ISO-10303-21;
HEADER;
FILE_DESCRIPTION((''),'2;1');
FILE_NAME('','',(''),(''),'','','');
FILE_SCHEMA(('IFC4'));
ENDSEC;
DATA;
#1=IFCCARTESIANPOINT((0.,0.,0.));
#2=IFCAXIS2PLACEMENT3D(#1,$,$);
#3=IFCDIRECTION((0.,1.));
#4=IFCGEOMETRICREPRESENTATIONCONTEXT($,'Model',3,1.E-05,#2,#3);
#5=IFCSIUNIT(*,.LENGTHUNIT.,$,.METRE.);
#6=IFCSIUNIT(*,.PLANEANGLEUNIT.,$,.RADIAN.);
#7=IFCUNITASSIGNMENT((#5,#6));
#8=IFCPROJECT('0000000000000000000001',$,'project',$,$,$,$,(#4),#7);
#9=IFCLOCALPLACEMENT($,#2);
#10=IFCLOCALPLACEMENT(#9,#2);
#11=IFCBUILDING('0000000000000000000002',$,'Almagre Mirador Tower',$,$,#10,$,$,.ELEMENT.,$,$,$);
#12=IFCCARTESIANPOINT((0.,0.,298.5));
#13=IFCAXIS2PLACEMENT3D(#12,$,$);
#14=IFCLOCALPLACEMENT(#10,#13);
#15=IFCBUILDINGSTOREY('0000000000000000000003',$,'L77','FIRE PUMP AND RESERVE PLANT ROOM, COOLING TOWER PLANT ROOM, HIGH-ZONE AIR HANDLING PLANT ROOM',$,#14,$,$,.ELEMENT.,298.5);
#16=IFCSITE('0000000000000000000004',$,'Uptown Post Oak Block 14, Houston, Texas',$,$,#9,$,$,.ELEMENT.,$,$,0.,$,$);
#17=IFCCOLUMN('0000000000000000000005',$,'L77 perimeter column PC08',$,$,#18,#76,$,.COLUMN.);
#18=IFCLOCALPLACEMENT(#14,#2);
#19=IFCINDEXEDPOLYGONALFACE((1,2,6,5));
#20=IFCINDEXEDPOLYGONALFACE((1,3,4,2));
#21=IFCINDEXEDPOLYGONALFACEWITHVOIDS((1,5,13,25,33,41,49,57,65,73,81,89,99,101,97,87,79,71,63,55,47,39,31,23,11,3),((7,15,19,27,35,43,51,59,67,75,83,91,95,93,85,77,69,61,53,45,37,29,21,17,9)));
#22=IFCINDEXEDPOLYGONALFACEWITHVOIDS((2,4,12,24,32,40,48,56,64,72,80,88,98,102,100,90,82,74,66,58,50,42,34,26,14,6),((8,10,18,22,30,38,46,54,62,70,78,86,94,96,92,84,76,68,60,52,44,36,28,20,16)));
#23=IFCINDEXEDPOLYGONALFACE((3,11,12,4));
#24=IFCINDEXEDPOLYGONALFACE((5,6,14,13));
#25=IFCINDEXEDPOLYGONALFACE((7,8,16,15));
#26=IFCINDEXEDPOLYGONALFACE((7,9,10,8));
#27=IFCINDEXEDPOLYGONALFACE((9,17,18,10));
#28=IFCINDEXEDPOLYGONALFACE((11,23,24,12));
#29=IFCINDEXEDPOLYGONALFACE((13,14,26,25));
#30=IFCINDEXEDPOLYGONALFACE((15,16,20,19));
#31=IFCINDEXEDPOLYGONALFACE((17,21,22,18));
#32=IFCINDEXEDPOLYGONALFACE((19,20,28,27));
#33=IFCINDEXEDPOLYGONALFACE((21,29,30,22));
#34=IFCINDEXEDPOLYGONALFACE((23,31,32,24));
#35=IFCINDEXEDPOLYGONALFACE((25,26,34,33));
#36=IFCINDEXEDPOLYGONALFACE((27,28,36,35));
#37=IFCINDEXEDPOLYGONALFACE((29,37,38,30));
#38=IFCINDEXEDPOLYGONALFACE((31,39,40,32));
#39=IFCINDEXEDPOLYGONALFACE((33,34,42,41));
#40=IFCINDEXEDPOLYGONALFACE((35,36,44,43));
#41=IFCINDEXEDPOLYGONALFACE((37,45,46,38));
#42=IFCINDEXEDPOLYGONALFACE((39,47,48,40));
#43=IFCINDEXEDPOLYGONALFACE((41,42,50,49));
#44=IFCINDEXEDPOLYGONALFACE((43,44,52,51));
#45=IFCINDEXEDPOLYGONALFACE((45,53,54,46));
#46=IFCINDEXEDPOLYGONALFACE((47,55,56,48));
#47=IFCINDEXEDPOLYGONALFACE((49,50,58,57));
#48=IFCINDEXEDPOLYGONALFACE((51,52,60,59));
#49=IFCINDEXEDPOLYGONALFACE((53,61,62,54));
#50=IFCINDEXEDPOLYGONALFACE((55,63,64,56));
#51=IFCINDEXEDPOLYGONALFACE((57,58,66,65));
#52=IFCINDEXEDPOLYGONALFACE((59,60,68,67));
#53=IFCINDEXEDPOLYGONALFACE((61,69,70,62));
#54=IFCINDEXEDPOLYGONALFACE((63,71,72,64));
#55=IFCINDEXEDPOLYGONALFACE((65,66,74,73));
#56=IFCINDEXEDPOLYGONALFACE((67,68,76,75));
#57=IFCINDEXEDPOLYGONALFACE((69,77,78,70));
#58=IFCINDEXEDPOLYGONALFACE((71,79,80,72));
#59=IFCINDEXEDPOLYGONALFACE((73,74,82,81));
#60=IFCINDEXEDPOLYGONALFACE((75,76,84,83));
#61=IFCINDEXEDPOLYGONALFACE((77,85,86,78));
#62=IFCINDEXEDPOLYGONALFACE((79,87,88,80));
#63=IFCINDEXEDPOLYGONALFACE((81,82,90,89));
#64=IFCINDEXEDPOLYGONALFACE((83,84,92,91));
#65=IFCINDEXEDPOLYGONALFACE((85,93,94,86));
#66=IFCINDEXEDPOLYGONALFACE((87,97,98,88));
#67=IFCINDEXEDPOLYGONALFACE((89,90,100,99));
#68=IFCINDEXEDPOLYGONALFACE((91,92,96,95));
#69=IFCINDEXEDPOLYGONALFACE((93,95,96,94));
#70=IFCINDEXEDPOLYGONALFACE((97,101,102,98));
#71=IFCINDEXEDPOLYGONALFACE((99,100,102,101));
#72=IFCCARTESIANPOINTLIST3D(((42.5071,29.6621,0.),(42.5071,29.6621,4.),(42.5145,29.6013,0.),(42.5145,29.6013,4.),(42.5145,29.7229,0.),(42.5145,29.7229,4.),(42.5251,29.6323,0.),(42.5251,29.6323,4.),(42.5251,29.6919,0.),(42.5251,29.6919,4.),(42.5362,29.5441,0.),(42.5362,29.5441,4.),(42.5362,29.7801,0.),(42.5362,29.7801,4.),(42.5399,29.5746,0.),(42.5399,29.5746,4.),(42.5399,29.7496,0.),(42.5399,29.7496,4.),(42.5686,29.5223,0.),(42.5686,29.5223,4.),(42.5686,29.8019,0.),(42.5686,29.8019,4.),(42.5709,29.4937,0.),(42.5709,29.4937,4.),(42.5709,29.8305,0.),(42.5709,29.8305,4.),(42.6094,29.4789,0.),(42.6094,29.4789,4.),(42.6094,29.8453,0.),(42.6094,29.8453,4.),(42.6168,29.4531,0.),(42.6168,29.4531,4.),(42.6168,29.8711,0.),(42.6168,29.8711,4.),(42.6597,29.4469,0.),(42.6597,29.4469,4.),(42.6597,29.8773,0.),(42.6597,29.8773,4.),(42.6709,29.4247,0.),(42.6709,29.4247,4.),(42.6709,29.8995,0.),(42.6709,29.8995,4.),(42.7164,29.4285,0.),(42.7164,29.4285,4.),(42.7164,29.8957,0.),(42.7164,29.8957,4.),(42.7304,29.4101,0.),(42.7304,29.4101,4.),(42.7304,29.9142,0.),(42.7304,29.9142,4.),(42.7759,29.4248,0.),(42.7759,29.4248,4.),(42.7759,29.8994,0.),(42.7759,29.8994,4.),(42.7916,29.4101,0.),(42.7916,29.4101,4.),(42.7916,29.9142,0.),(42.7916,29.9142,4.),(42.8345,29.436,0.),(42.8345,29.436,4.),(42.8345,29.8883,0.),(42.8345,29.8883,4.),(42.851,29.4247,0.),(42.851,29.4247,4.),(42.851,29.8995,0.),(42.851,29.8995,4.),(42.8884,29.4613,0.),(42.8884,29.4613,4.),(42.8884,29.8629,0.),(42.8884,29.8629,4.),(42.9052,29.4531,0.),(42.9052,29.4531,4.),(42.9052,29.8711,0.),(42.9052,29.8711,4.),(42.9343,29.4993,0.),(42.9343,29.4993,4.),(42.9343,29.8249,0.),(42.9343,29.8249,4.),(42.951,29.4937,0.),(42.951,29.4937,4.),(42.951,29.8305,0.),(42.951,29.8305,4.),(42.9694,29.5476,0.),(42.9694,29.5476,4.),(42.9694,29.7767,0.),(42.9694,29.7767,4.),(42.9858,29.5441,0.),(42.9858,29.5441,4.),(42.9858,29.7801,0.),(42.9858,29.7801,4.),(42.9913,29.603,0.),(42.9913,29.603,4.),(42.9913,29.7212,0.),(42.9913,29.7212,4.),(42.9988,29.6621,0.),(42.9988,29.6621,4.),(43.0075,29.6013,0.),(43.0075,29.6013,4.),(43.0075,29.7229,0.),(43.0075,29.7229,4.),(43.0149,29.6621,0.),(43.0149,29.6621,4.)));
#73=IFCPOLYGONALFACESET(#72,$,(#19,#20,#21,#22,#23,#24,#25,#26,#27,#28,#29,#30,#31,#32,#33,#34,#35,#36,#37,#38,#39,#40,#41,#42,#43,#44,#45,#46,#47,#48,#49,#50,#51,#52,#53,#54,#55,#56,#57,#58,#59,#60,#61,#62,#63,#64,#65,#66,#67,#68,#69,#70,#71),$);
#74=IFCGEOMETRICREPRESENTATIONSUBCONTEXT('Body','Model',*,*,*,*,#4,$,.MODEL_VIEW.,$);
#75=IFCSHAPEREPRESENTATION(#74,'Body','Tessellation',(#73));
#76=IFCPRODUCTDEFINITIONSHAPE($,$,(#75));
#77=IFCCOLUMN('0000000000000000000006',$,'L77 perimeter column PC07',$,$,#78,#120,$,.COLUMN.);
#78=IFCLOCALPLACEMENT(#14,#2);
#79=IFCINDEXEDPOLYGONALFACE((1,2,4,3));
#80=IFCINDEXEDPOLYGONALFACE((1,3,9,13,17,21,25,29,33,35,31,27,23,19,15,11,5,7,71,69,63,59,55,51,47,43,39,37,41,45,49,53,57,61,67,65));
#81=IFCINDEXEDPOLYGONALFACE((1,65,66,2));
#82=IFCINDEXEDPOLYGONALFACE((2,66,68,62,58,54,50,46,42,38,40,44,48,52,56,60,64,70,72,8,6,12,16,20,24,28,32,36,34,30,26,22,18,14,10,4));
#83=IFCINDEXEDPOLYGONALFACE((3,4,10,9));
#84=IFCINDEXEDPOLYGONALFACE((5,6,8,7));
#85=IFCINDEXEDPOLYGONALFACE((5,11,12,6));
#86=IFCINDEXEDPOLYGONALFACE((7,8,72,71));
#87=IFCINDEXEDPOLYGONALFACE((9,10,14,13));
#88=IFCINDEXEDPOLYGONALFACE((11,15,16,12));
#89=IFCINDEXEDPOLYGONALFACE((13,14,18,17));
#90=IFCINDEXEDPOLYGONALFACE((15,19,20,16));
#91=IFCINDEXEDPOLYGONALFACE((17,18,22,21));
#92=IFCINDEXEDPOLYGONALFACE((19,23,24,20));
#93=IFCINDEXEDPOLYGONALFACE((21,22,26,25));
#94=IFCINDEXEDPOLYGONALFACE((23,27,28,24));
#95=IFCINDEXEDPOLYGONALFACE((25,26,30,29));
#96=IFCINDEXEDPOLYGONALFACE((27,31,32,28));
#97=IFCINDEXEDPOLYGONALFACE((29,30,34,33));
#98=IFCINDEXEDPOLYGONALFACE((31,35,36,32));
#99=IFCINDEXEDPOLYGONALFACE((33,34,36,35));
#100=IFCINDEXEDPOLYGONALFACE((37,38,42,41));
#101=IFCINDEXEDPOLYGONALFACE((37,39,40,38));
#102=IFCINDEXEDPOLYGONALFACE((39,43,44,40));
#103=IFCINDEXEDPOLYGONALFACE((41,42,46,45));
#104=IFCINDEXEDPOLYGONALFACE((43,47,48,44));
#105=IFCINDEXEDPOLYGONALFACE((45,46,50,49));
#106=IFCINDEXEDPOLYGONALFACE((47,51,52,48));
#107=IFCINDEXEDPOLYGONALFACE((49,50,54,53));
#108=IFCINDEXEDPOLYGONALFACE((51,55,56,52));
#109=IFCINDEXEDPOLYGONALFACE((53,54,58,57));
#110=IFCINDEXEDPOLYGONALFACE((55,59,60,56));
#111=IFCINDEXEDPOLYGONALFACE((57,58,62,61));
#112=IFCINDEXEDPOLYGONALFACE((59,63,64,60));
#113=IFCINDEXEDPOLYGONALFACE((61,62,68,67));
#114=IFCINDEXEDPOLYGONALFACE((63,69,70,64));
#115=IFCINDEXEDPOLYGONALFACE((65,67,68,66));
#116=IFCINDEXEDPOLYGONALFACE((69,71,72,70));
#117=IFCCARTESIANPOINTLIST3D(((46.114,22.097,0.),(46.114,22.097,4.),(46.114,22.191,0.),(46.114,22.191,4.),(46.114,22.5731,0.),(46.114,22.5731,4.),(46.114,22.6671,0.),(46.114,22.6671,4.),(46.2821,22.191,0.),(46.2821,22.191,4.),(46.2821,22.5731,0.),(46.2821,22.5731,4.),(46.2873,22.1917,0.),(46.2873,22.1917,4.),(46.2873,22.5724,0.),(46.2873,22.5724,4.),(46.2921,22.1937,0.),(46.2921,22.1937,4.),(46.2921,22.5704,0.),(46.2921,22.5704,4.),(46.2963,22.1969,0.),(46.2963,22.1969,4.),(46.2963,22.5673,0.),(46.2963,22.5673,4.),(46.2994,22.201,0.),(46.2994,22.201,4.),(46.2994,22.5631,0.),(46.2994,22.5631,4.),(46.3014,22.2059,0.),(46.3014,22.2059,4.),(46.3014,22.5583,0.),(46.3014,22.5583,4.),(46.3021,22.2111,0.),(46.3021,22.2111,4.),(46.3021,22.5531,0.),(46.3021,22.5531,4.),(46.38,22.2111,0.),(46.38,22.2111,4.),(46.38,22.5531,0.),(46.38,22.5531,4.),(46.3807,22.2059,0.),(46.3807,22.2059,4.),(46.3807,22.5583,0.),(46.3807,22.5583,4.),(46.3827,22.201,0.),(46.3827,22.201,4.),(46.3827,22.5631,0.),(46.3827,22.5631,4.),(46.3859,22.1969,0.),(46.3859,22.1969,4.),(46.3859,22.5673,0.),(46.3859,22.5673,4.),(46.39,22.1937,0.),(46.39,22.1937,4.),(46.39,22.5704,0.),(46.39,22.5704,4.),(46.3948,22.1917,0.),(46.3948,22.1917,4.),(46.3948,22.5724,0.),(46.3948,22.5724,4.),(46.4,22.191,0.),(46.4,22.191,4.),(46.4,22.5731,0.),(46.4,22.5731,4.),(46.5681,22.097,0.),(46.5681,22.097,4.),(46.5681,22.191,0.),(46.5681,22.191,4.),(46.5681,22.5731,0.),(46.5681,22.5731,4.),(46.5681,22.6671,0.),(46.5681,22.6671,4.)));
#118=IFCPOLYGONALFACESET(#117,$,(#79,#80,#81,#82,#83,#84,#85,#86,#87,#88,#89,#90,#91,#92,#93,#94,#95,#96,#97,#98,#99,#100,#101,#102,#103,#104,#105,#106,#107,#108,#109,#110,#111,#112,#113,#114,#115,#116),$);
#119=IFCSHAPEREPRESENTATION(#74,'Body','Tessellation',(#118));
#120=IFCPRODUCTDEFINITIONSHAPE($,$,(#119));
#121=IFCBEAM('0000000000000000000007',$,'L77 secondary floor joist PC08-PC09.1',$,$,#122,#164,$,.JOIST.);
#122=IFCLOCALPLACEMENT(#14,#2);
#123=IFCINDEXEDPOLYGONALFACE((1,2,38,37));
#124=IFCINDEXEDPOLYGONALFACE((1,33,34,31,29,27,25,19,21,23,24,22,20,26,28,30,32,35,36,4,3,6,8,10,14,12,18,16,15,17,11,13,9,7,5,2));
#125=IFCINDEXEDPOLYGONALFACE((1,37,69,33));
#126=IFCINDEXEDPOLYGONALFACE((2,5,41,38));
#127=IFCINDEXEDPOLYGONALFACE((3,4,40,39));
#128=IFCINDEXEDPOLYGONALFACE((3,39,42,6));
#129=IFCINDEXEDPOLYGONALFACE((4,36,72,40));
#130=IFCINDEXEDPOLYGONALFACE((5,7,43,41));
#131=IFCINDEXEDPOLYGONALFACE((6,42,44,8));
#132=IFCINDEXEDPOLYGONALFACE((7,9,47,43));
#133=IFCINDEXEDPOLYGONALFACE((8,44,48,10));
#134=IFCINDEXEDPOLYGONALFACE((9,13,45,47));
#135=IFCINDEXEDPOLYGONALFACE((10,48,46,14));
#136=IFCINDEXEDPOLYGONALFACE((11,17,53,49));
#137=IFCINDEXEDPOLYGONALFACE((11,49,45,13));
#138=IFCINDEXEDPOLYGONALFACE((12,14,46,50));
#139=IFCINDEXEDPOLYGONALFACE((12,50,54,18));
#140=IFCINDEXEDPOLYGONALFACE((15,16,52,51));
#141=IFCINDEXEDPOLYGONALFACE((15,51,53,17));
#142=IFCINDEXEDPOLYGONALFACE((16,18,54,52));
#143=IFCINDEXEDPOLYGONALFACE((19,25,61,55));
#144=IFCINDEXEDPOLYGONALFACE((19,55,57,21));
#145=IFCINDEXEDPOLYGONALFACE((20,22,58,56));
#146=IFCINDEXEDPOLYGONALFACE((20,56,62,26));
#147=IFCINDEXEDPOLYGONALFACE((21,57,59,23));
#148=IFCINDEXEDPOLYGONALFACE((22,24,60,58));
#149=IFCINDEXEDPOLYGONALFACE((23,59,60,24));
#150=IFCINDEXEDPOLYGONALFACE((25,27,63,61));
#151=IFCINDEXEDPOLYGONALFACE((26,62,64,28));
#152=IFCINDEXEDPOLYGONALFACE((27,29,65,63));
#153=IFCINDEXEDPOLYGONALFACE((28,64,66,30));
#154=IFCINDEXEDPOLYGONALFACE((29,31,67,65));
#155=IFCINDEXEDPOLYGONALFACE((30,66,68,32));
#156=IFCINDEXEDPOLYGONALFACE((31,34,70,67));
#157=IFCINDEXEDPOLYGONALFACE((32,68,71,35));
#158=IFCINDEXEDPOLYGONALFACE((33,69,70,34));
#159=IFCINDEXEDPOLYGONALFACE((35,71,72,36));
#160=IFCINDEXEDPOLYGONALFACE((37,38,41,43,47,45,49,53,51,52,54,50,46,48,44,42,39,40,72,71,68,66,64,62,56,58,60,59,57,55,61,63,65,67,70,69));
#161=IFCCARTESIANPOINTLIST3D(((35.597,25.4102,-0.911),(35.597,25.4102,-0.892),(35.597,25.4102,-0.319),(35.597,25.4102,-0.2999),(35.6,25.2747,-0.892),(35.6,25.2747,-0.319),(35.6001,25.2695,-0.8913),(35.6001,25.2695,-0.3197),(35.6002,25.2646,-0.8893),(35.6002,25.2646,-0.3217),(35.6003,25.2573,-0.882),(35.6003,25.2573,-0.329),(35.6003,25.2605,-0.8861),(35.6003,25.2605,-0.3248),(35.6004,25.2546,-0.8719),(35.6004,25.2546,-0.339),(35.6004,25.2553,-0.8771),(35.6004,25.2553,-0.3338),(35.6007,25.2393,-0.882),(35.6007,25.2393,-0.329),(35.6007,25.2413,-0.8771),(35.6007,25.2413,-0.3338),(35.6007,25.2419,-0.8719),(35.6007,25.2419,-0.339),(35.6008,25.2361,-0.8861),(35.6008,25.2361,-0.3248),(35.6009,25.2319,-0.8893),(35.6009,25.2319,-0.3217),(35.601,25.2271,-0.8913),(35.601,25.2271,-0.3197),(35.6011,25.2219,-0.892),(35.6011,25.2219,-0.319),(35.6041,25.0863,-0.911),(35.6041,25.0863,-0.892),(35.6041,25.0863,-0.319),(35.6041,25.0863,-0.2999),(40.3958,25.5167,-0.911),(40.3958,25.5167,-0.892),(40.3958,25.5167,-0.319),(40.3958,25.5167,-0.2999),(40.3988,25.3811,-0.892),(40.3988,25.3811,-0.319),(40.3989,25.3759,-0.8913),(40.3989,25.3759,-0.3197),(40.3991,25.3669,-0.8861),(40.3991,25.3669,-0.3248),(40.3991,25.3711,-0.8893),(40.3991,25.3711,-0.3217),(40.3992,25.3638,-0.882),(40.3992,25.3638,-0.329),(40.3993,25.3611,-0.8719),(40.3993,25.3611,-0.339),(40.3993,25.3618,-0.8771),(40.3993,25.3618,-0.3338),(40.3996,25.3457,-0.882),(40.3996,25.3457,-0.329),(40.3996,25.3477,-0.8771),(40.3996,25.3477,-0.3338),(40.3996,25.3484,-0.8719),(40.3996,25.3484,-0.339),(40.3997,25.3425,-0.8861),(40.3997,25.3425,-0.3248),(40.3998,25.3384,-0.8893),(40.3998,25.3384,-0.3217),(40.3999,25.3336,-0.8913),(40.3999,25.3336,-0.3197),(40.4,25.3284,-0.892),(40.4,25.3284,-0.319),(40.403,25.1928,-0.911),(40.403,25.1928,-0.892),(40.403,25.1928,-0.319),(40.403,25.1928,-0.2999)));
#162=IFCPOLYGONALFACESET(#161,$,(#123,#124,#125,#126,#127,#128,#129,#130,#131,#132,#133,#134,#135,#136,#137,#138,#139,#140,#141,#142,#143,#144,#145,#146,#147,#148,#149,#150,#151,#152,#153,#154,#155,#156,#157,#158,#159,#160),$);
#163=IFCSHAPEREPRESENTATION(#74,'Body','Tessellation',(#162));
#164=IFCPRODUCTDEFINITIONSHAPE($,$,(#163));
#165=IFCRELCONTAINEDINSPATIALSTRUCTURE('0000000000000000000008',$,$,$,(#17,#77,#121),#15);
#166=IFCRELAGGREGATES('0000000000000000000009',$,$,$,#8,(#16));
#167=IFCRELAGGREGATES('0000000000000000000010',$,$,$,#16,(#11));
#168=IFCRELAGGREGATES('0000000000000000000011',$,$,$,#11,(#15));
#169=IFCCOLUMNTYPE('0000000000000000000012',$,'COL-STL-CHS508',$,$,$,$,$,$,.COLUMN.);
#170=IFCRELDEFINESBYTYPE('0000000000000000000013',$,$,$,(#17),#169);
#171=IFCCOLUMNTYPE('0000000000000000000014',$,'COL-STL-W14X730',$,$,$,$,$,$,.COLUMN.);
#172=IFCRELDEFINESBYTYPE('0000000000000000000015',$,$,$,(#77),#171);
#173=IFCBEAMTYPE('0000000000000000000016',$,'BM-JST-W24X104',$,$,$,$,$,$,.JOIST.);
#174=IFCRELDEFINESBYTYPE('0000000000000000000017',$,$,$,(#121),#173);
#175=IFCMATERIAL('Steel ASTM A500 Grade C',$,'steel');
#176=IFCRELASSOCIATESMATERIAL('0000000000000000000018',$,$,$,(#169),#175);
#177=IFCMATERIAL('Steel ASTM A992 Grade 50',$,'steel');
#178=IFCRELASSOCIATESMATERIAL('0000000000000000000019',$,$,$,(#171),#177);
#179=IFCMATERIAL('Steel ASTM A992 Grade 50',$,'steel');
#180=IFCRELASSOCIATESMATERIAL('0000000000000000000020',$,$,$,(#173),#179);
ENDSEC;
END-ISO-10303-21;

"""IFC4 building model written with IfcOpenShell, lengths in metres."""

from ifc_helpers import new_model, si_unit, direction, frame, origin, origin_2d, place, context, subcontext, project, spatial, hollow_circle, i_section, extrude, material, material_profile, profile_set, type_object, element, save


model = new_model("IFC4")

# Units and contexts
model_context = context("Model", 3, precision=1e-05, world=origin(), true_north=direction((0.0, 1.0)))
body_context = subcontext(model_context, "Body", "Model", "MODEL_VIEW")
ifc_project = project(units=[si_unit("LENGTHUNIT", "METRE"), si_unit("PLANEANGLEUNIT", "RADIAN")], contexts=[model_context])

# Site, building, storey
site_placement = place(None, origin())
site = spatial("IfcSite", under=ifc_project, at=site_placement, Name="Uptown Post Oak Block 14, Houston, Texas", CompositionType="ELEMENT", RefElevation=0.0)
building_placement = place(site_placement, origin())
building = spatial("IfcBuilding", under=site, at=building_placement, Name="Almagre Mirador Tower", CompositionType="ELEMENT")
storey_placement = place(building_placement, frame((0.0, 0.0, 298.5)))
storey = spatial("IfcBuildingStorey", under=building, at=storey_placement, Name="L77", Description="FIRE PUMP AND RESERVE PLANT ROOM, COOLING TOWER PLANT ROOM, HIGH-ZONE AIR HANDLING PLANT ROOM", CompositionType="ELEMENT", Elevation=298.5)

# Columns
ifc_material_1 = material(Name="Steel ASTM A500 Grade C", Category="steel")
ifc_material_profile_1 = material_profile(ifc_material_1, hollow_circle(Radius=0.2539, WallThickness=0.0161, at=origin_2d()), Name="CHS508X16")
ifc_profile_set_1 = profile_set([ifc_material_profile_1], Name="Steel ASTM A500 Grade C")
column_type_1 = type_object("IfcColumnType", Name="COL-STL-CHS508", PredefinedType="COLUMN", material=ifc_profile_set_1)
column_1_placement = place(storey_placement, frame((42.761, 29.6621, 0.0), z_axis=(0.0, 0.0, 1.0), x_axis=(1.0, 0.0, 0.0)))
element("IfcColumn", 1, at=column_1_placement, inside=storey, type_object=column_type_1, Name="L77 perimeter column PC08", PredefinedType="COLUMN", context=body_context, shape_type="SweptSolid", body=[
    extrude(hollow_circle(Radius=0.2539, WallThickness=0.0161, at=origin_2d()), origin(), (0.0, 0.0, 1.0), 4.0),
])
ifc_material_2 = material(Name="Steel ASTM A992 Grade 50", Category="steel")
ifc_material_profile_2 = material_profile(ifc_material_2, i_section(OverallWidth=0.4541, OverallDepth=0.5701, WebThickness=0.0779, FlangeThickness=0.094, FilletRadius=0.02, at=origin_2d()), Name="W14X730")
ifc_profile_set_2 = profile_set([ifc_material_profile_2], Name="Steel ASTM A992 Grade 50")
column_type_2 = type_object("IfcColumnType", Name="COL-STL-W14X730", PredefinedType="COLUMN", material=ifc_profile_set_2)
column_2_placement = place(storey_placement, frame((46.3411, 22.3821, 0.0), z_axis=(0.0, 0.0, 1.0), x_axis=(1.0, 0.0, 0.0)))
element("IfcColumn", 2, at=column_2_placement, inside=storey, type_object=column_type_2, Name="L77 perimeter column PC07", PredefinedType="COLUMN", context=body_context, shape_type="SweptSolid", body=[
    extrude(i_section(OverallWidth=0.4541, OverallDepth=0.5701, WebThickness=0.0779, FlangeThickness=0.094, FilletRadius=0.02, at=origin_2d()), origin(), (0.0, 0.0, 1.0), 4.0),
])

# Beam
ifc_material_3 = material(Name="Steel ASTM A992 Grade 50", Category="steel")
ifc_material_profile_3 = material_profile(ifc_material_3, i_section(OverallWidth=0.324, OverallDepth=0.6111, WebThickness=0.0127, FlangeThickness=0.019, FilletRadius=0.02, at=origin_2d()), Name="W24X104")
ifc_profile_set_3 = profile_set([ifc_material_profile_3], Name="Steel ASTM A992 Grade 50")
beam_type_1 = type_object("IfcBeamType", Name="BM-JST-W24X104", PredefinedType="JOIST", material=ifc_profile_set_3)
beam_1_placement = place(storey_placement, frame((40.3994, 25.3547, -0.6055), z_axis=(-0.999754, -0.022176, 0.0), x_axis=(0.022176, -0.999754, 0.0)))
element("IfcBeam", 3, at=beam_1_placement, inside=storey, type_object=beam_type_1, Name="L77 secondary floor joist PC08-PC09.1", PredefinedType="JOIST", context=body_context, shape_type="SweptSolid", body=[
    extrude(i_section(OverallWidth=0.324, OverallDepth=0.6111, WebThickness=0.0127, FlangeThickness=0.019, FilletRadius=0.02, at=origin_2d()), origin(), (0.0, 0.0, 1.0), 4.8),
])

save(model, "model.ifc")
